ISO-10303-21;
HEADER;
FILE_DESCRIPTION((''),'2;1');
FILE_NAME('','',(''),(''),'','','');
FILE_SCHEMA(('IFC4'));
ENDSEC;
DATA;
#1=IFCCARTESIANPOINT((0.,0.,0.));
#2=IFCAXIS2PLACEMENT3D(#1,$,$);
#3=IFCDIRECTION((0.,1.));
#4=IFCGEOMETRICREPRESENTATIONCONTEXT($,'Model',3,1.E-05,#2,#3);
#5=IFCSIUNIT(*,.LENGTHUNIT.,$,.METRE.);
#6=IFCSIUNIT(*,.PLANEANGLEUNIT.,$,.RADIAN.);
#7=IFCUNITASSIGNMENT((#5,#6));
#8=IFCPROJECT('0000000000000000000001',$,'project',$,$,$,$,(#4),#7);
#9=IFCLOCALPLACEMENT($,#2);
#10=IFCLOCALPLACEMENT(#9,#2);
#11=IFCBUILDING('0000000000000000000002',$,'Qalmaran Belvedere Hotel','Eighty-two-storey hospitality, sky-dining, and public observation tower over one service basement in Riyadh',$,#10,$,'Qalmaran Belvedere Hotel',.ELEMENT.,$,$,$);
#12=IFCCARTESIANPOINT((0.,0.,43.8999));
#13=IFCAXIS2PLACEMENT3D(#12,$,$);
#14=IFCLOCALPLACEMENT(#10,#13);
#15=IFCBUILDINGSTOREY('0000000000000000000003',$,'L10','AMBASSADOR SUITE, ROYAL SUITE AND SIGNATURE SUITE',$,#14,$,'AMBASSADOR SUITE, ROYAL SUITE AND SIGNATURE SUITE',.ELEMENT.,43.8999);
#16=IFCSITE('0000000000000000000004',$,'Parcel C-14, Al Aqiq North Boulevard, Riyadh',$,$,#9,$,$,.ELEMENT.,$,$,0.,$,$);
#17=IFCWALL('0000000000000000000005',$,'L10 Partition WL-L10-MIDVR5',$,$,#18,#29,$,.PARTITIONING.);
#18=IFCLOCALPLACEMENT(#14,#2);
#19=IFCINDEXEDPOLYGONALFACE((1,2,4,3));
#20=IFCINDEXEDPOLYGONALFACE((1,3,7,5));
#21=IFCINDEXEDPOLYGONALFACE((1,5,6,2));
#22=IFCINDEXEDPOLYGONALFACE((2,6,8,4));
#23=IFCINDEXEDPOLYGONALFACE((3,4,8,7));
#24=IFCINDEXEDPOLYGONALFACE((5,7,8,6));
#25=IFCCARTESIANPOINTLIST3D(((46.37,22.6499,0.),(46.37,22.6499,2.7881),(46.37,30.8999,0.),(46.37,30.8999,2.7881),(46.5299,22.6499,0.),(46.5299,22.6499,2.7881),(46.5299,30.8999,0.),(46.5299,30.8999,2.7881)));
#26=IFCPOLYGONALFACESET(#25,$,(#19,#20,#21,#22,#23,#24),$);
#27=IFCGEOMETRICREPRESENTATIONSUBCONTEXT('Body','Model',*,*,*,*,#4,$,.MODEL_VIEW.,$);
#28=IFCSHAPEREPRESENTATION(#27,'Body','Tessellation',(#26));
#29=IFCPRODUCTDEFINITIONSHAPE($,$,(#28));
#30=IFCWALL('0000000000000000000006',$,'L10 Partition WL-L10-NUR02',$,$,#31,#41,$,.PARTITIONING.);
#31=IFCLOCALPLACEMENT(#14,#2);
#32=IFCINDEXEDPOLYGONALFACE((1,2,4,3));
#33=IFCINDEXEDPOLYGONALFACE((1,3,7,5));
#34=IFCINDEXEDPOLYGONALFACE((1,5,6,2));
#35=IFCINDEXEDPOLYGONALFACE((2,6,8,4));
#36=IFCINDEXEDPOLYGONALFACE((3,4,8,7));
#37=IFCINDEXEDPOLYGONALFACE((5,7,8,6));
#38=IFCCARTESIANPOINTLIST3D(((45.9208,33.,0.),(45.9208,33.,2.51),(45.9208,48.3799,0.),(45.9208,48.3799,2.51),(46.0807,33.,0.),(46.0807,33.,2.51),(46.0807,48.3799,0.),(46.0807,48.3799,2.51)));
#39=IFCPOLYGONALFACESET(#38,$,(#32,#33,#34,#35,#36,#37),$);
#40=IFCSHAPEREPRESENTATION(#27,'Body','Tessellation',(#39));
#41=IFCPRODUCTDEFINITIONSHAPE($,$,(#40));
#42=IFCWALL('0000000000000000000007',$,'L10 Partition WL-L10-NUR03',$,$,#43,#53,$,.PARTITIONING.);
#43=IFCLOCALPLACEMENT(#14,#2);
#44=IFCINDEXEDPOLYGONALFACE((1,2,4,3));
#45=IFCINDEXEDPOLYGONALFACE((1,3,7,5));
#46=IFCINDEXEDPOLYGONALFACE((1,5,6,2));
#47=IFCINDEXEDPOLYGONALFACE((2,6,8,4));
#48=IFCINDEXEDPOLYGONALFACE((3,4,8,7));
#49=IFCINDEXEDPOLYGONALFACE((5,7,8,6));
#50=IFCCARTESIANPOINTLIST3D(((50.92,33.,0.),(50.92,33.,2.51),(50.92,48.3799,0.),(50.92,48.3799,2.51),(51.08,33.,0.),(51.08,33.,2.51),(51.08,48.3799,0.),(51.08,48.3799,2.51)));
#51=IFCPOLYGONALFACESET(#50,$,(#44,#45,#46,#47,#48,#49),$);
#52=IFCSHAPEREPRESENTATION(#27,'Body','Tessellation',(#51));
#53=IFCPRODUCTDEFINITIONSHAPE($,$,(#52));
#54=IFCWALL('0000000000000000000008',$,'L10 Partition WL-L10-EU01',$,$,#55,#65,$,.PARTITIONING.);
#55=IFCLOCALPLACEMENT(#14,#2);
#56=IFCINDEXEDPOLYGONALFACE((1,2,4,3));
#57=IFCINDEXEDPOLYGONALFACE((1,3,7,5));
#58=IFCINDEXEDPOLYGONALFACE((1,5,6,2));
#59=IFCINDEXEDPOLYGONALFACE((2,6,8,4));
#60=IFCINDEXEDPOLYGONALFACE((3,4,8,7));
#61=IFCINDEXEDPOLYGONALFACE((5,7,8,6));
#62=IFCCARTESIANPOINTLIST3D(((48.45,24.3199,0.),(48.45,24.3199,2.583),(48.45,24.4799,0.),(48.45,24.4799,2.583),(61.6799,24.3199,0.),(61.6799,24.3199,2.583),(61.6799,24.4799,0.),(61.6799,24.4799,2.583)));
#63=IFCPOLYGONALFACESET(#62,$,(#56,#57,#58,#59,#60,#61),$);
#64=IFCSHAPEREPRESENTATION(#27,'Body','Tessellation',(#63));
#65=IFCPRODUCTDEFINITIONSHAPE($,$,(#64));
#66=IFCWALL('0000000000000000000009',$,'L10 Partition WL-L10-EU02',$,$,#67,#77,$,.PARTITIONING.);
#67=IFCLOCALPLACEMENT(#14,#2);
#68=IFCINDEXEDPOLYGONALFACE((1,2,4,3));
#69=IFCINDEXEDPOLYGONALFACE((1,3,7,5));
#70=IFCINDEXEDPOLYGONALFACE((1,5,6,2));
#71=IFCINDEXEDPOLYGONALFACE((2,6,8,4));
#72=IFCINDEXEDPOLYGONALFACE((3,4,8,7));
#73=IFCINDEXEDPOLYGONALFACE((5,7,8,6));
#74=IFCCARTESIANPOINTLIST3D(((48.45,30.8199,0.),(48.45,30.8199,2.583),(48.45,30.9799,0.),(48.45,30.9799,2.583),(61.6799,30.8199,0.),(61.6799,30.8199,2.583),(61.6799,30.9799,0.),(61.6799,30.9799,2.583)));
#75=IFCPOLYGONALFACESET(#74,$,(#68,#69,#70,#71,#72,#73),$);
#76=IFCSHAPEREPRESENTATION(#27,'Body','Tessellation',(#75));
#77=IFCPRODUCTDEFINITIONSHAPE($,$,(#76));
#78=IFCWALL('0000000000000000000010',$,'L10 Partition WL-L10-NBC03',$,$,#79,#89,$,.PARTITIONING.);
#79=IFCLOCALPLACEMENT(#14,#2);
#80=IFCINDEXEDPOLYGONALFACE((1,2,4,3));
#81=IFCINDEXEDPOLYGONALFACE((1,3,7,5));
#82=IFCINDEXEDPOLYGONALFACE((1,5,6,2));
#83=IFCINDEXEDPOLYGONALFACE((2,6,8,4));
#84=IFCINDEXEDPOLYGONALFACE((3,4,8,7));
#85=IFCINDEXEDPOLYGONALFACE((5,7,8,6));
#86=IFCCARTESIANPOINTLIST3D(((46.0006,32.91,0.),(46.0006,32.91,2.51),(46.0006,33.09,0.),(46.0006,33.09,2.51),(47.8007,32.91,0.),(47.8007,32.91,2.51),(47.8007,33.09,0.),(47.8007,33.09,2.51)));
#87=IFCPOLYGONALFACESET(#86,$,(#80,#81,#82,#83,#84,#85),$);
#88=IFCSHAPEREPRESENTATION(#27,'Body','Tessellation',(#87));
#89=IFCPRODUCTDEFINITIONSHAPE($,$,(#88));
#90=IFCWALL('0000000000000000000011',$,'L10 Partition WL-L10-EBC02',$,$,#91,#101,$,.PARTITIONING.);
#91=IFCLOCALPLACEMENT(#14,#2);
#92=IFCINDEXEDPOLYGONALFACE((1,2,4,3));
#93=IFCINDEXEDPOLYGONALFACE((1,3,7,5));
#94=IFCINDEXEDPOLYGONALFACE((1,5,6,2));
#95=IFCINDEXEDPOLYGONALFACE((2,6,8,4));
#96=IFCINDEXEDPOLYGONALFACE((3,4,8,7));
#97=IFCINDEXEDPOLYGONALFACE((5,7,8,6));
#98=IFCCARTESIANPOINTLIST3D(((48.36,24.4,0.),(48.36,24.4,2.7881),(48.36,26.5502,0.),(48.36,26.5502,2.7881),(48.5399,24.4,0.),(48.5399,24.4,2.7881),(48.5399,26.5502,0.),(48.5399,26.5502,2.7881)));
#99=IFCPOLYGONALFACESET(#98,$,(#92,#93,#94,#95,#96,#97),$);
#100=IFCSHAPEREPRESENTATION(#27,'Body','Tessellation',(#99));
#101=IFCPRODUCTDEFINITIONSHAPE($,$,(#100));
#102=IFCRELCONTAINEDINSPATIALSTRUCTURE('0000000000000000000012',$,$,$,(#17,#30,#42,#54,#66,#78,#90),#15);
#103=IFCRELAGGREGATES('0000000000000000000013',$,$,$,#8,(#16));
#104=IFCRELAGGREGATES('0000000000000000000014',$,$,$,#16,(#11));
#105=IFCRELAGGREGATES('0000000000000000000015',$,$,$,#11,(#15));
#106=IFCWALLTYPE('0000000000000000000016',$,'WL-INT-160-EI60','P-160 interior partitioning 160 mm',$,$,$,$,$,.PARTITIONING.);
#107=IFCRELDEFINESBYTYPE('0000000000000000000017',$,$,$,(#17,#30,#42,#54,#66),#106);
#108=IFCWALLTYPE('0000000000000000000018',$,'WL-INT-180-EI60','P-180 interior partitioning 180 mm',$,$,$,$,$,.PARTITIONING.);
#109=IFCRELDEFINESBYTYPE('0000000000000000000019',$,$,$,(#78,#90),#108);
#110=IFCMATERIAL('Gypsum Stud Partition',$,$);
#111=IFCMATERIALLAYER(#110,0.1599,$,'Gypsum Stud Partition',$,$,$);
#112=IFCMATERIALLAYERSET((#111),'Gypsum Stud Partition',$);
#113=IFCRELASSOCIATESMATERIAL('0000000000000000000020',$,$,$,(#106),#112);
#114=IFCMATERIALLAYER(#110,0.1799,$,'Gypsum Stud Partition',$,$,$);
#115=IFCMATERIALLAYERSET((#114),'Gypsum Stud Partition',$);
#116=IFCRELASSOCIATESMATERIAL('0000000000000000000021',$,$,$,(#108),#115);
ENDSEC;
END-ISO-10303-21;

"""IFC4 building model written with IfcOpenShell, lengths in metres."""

from ifc_helpers import new_model, si_unit, direction, frame, frame_2d, origin, place, context, subcontext, project, spatial, rectangle, extrude, material, layer, layer_set, type_object, element, save


model = new_model("IFC4")

# Units and contexts
model_context = context("Model", 3, precision=1e-05, world=origin(), true_north=direction((0.0, 1.0)))
body_context = subcontext(model_context, "Body", "Model", "MODEL_VIEW")
ifc_project = project(units=[si_unit("LENGTHUNIT", "METRE"), si_unit("PLANEANGLEUNIT", "RADIAN")], contexts=[model_context])

# Site, building, storey
site_placement = place(None, origin())
site = spatial("IfcSite", under=ifc_project, at=site_placement, Name="Parcel C-14, Al Aqiq North Boulevard, Riyadh", CompositionType="ELEMENT", RefElevation=0.0)
building_placement = place(site_placement, origin())
building = spatial("IfcBuilding", under=site, at=building_placement, Name="Qalmaran Belvedere Hotel", Description="Eighty-two-storey hospitality, sky-dining, and public observation tower over one service basement in Riyadh", LongName="Qalmaran Belvedere Hotel", CompositionType="ELEMENT")
storey_placement = place(building_placement, frame((0.0, 0.0, 43.8999)))
storey = spatial("IfcBuildingStorey", under=building, at=storey_placement, Name="L10", Description="AMBASSADOR SUITE, ROYAL SUITE AND SIGNATURE SUITE", LongName="AMBASSADOR SUITE, ROYAL SUITE AND SIGNATURE SUITE", CompositionType="ELEMENT", Elevation=43.8999)

# Shared definitions
ifc_material_1 = material(Name="Gypsum Stud Partition")

# Walls
ifc_layer_1 = layer(ifc_material_1, 0.1599, Name="Gypsum Stud Partition")
ifc_layer_set_1 = layer_set([ifc_layer_1], Name="Gypsum Stud Partition")
wall_type_1 = type_object("IfcWallType", Name="WL-INT-160-EI60", Description="P-160 interior partitioning 160 mm", PredefinedType="PARTITIONING", material=ifc_layer_set_1)
wall_1_placement = place(storey_placement, frame((46.45, 22.6499, 0.0), z_axis=(0.0, 0.0, 1.0), x_axis=(0.0, 1.0, 0.0)))
element("IfcWall", 1, at=wall_1_placement, inside=storey, type_object=wall_type_1, Name="L10 Partition WL-L10-MIDVR5", PredefinedType="PARTITIONING", context=body_context, shape_type="SweptSolid", body=[
    extrude(rectangle(XDim=8.25, YDim=0.1599, at=frame_2d((4.125, 0.0))), origin(), (0.0, 0.0, 1.0), 2.7881),
])
for number, where, z_axis, x_axis, name in (
    (2, (46.0007, 33.0, 0.0), (0.0, 0.0, 1.0), (0.0, 1.0, 0.0), "L10 Partition WL-L10-NUR02"),
    (3, (51.0, 33.0, 0.0), (0.0, 0.0, 1.0), (0.0, 1.0, 0.0), "L10 Partition WL-L10-NUR03"),
):
    element("IfcWall", number, at=place(storey_placement, frame(where, z_axis=z_axis, x_axis=x_axis)), inside=storey, type_object=wall_type_1, Name=name, PredefinedType="PARTITIONING", context=body_context, shape_type="SweptSolid", body=[
        extrude(rectangle(XDim=15.3799, YDim=0.1599, at=frame_2d((7.6899, 0.0))), origin(), (0.0, 0.0, 1.0), 2.51),
    ])
for number, where, z_axis, x_axis, name in (
    (4, (48.45, 24.3999, 0.0), (0.0, 0.0, 1.0), (1.0, 0.0, 0.0), "L10 Partition WL-L10-EU01"),
    (5, (48.45, 30.8999, 0.0), (0.0, 0.0, 1.0), (1.0, 0.0, 0.0), "L10 Partition WL-L10-EU02"),
):
    element("IfcWall", number, at=place(storey_placement, frame(where, z_axis=z_axis, x_axis=x_axis)), inside=storey, type_object=wall_type_1, Name=name, PredefinedType="PARTITIONING", context=body_context, shape_type="SweptSolid", body=[
        extrude(rectangle(XDim=13.23, YDim=0.1599, at=frame_2d((6.615, 0.0))), origin(), (0.0, 0.0, 1.0), 2.583),
    ])
ifc_layer_2 = layer(ifc_material_1, 0.1799, Name="Gypsum Stud Partition")
ifc_layer_set_2 = layer_set([ifc_layer_2], Name="Gypsum Stud Partition")
wall_type_2 = type_object("IfcWallType", Name="WL-INT-180-EI60", Description="P-180 interior partitioning 180 mm", PredefinedType="PARTITIONING", material=ifc_layer_set_2)
wall_2_placement = place(storey_placement, frame((46.0007, 33.0, 0.0), z_axis=(0.0, 0.0, 1.0), x_axis=(1.0, 0.0, 0.0)))
element("IfcWall", 6, at=wall_2_placement, inside=storey, type_object=wall_type_2, Name="L10 Partition WL-L10-NBC03", PredefinedType="PARTITIONING", context=body_context, shape_type="SweptSolid", body=[
    extrude(rectangle(XDim=1.8, YDim=0.1799, at=frame_2d((0.8999, 0.0))), origin(), (0.0, 0.0, 1.0), 2.51),
])

# Wall
wall_3_placement = place(storey_placement, frame((48.45, 24.3999, 0.0), z_axis=(0.0, 0.0, 1.0), x_axis=(0.0, 1.0, 0.0)))
element("IfcWall", 7, at=wall_3_placement, inside=storey, type_object=wall_type_2, Name="L10 Partition WL-L10-EBC02", PredefinedType="PARTITIONING", context=body_context, shape_type="SweptSolid", body=[
    extrude(rectangle(XDim=2.1501, YDim=0.1799, at=frame_2d((1.0752, 0.0))), origin(), (0.0, 0.0, 1.0), 2.7881),
])

save(model, "model.ifc")
